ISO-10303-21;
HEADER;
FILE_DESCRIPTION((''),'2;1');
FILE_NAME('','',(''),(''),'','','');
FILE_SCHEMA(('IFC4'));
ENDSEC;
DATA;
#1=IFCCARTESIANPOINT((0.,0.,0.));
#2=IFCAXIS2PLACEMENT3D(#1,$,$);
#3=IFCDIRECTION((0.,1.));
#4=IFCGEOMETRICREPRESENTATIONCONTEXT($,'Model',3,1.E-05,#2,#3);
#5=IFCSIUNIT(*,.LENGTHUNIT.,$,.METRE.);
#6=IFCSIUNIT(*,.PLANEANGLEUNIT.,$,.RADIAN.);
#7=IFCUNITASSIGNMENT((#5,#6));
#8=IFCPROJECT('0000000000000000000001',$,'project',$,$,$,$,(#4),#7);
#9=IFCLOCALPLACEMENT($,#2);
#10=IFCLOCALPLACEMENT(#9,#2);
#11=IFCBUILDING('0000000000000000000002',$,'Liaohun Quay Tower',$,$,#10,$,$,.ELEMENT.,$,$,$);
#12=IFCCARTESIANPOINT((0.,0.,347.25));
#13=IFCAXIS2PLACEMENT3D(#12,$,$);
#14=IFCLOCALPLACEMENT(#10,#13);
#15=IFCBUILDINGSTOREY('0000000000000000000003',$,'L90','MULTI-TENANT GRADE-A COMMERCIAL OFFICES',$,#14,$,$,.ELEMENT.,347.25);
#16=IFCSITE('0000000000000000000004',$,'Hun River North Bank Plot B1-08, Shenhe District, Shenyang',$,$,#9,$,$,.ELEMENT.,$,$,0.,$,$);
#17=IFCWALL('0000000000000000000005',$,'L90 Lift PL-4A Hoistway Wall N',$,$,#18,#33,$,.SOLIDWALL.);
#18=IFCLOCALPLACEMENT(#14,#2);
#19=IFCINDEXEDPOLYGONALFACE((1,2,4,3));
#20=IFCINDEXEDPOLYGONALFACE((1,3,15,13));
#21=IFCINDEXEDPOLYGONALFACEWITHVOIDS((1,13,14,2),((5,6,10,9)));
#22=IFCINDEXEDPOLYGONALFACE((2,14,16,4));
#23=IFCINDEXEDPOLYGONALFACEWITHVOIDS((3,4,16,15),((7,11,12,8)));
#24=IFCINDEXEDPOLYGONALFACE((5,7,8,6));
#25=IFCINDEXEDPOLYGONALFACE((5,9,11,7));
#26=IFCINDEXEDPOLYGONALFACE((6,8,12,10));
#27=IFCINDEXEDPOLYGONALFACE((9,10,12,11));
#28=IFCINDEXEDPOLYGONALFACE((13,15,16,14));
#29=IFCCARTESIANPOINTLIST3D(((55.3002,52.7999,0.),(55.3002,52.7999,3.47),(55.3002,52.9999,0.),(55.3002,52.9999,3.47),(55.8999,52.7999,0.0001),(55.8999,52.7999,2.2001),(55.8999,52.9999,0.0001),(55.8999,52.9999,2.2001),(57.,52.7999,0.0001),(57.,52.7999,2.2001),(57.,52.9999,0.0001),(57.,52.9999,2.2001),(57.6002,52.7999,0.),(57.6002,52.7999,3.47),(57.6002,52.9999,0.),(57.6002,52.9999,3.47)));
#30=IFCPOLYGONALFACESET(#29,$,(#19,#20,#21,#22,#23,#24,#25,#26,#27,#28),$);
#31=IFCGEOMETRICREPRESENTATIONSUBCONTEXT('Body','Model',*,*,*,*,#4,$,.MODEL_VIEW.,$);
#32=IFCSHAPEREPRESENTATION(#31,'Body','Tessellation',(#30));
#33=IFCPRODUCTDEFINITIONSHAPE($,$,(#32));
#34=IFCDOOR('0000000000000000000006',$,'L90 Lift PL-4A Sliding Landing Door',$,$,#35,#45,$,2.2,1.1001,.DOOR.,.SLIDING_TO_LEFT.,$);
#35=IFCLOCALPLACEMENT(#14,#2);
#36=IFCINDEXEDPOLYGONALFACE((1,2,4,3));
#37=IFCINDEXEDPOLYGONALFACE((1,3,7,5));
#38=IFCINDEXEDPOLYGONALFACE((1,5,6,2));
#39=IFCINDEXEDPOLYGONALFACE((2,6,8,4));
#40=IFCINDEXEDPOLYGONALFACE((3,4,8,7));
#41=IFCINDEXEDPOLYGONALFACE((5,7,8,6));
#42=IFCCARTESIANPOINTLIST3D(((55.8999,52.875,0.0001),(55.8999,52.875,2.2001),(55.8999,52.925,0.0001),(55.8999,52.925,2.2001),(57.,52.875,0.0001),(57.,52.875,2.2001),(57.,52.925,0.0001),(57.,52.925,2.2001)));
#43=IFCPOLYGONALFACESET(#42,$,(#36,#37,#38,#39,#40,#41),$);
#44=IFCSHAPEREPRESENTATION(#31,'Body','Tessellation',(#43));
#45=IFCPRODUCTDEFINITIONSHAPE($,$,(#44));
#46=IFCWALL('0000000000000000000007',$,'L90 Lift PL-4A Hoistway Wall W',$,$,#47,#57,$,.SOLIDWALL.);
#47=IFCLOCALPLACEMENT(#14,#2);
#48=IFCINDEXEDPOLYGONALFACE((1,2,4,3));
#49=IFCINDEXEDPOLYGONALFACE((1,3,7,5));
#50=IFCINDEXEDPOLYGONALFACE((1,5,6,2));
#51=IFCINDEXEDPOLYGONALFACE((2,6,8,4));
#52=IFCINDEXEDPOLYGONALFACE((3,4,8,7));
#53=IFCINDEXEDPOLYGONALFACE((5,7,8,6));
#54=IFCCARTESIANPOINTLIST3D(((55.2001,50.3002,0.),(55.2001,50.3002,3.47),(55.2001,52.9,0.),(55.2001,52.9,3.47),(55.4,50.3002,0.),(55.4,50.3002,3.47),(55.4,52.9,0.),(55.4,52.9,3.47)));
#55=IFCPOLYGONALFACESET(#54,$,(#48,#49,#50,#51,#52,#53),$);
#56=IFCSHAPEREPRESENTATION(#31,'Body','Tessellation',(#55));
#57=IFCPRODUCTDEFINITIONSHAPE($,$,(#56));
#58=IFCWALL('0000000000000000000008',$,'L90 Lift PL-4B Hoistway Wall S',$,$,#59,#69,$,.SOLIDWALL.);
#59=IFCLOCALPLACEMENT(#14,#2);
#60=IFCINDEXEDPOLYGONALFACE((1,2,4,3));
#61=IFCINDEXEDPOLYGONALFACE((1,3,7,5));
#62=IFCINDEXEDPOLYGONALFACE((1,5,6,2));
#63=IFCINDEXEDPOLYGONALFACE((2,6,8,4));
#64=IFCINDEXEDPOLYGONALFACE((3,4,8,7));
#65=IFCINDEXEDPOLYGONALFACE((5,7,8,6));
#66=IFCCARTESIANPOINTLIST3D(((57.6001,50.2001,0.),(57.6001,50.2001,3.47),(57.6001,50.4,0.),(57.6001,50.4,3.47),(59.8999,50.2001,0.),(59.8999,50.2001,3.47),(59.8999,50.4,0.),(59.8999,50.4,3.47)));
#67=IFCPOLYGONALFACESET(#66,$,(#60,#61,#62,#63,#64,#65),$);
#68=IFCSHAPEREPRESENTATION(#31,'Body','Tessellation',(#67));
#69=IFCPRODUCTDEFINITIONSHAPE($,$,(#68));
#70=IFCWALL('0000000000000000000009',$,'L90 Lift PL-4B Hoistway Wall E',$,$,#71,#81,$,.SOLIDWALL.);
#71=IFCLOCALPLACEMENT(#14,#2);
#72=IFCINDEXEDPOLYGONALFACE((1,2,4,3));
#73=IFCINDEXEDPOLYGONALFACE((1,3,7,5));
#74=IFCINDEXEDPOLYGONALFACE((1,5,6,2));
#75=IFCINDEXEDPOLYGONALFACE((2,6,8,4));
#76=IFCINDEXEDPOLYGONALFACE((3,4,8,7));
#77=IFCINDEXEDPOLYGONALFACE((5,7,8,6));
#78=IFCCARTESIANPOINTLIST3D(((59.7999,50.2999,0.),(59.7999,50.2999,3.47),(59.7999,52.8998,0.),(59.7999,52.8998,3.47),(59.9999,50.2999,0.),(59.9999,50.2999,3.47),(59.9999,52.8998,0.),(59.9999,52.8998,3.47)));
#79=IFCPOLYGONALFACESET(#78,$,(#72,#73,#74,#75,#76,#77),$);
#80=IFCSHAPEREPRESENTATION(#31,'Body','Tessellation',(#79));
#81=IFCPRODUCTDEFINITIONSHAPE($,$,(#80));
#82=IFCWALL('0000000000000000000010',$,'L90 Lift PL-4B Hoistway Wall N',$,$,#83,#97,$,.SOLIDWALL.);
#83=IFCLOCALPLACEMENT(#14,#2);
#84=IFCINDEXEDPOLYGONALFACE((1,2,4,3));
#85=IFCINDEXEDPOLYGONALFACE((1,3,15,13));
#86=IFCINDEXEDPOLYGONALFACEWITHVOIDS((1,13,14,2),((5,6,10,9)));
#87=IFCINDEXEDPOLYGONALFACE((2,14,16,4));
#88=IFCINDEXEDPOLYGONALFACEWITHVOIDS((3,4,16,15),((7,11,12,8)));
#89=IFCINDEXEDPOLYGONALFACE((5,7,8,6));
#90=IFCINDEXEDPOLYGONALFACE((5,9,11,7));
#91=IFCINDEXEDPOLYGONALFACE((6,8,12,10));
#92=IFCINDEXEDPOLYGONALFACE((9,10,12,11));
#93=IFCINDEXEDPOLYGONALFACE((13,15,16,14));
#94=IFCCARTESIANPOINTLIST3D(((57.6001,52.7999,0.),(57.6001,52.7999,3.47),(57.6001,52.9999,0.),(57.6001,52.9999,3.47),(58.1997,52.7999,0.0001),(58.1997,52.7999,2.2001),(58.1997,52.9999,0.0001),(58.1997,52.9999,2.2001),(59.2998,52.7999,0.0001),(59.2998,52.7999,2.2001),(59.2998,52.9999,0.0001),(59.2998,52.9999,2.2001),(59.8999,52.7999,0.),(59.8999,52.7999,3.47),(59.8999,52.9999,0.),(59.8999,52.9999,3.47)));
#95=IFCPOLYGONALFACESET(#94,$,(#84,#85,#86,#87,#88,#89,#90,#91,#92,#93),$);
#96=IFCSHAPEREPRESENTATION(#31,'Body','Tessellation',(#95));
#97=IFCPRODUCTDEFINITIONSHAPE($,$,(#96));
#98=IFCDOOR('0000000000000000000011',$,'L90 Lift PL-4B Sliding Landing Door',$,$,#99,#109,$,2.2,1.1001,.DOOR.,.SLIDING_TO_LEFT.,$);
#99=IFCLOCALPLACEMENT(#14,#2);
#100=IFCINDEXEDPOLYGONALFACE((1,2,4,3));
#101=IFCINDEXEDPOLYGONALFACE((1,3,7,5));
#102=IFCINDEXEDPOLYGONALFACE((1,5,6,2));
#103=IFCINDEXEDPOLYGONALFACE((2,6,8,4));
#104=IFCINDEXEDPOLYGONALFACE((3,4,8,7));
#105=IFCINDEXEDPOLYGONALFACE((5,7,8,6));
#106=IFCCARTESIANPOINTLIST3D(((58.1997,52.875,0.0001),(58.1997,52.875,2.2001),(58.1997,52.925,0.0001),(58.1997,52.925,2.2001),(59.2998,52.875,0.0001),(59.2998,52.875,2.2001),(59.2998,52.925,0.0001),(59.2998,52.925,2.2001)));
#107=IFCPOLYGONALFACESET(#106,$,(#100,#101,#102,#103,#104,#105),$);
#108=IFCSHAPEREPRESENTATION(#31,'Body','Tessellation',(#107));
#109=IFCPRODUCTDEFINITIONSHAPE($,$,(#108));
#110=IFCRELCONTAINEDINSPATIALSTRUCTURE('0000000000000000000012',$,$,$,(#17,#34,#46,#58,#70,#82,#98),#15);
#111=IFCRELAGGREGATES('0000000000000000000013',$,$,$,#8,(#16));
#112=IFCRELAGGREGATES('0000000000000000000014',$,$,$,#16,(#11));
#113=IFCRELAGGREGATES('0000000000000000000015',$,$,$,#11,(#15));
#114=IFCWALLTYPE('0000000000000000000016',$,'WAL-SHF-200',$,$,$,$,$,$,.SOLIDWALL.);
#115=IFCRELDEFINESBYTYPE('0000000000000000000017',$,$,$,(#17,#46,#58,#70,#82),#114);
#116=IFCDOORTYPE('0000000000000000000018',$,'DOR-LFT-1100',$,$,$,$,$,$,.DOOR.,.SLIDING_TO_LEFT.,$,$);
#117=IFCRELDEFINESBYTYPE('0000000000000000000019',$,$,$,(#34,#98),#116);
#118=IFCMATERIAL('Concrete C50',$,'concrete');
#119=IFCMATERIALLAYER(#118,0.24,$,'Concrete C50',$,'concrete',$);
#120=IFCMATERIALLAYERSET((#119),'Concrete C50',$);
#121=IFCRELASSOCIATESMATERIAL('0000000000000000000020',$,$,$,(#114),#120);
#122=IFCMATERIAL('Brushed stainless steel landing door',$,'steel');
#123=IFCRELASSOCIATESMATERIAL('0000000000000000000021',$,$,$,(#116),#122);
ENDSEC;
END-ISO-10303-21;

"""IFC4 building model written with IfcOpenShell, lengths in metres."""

from ifc_helpers import new_model, si_unit, direction, frame, frame_2d, origin, place, context, subcontext, project, spatial, rectangle, extrude, source, transform, mapped, material, layer, layer_set, type_object, element, fill, save


model = new_model("IFC4")

# Units and contexts
model_context = context("Model", 3, precision=1e-05, world=origin(), true_north=direction((0.0, 1.0)))
body_context = subcontext(model_context, "Body", "Model", "MODEL_VIEW")
ifc_project = project(units=[si_unit("LENGTHUNIT", "METRE"), si_unit("PLANEANGLEUNIT", "RADIAN")], contexts=[model_context])

# Site, building, storey
site_placement = place(None, origin())
site = spatial("IfcSite", under=ifc_project, at=site_placement, Name="Hun River North Bank Plot B1-08, Shenhe District, Shenyang", CompositionType="ELEMENT", RefElevation=0.0)
building_placement = place(site_placement, origin())
building = spatial("IfcBuilding", under=site, at=building_placement, Name="Liaohun Quay Tower", CompositionType="ELEMENT")
storey_placement = place(building_placement, frame((0.0, 0.0, 347.25)))
storey = spatial("IfcBuildingStorey", under=building, at=storey_placement, Name="L90", Description="MULTI-TENANT GRADE-A COMMERCIAL OFFICES", CompositionType="ELEMENT", Elevation=347.25)

# Shared definitions
ifc_material_1 = material(Name="Concrete C50", Category="concrete")

# Shared definitions
ifc_layer_1 = layer(ifc_material_1, 0.24, Name="Concrete C50", Category="concrete")
ifc_layer_set_1 = layer_set([ifc_layer_1], Name="Concrete C50")
wall_type_1 = type_object("IfcWallType", Name="WAL-SHF-200", PredefinedType="SOLIDWALL", material=ifc_layer_set_1)

# Wall, opening, door
wall_1_placement = place(storey_placement, frame((57.6001, 52.8999, 0.0), z_axis=(0.0, 0.0, 1.0), x_axis=(-1.0, 0.0, 0.0)))
wall_1 = element("IfcWall", 1, at=wall_1_placement, inside=storey, type_object=wall_type_1, Name="L90 Lift PL-4A Hoistway Wall N", PredefinedType="SOLIDWALL", context=body_context, shape_type="SweptSolid", body=[
    extrude(rectangle(XDim=2.3, YDim=0.2, at=frame_2d((1.1499, 0.0))), origin(), (0.0, 0.0, 1.0), 3.47),
])
shared_shape_1 = source(origin(), body_context, "Body", "SweptSolid", [
    extrude(rectangle(XDim=1.1001, YDim=2.2, at=frame_2d((0.55, 1.1001))), frame((0.0, 0.1099, 0.0), z_axis=(0.0, -1.0, 0.0), x_axis=(1.0, 0.0, 0.0)), (0.0, 0.0, 1.0), 0.22),
])
opening_1_placement = place(wall_1_placement, frame((0.6001, 0.0, 0.0)))
opening_1 = element("IfcOpeningElement", 2, at=opening_1_placement, cuts=wall_1, PredefinedType="OPENING", context=body_context, shape_type="MappedRepresentation", body=[
    mapped(shared_shape_1, transform((0.0, 0.0, 0.0), x_axis=(1.0, 0.0, 0.0), y_axis=(0.0, 1.0, 0.0), z_axis=(0.0, 0.0, 1.0), scale=1.0)),
])
ifc_material_2 = material(Name="Brushed stainless steel landing door", Category="steel")
door_type_1 = type_object("IfcDoorType", Name="DOR-LFT-1100", OperationType="SLIDING_TO_LEFT", PredefinedType="DOOR", material=ifc_material_2)
shared_shape_2 = source(origin(), body_context, "Body", "SweptSolid", [
    extrude(rectangle(XDim=1.1001, YDim=2.2, at=frame_2d((0.55, 1.1001))), frame((0.0, 0.0249, 0.0), z_axis=(0.0, -1.0, 0.0), x_axis=(1.0, 0.0, 0.0)), (0.0, 0.0, 1.0), 0.05),
])
door_1_placement = place(opening_1_placement, origin())
door_1 = element("IfcDoor", 3, at=door_1_placement, inside=storey, type_object=door_type_1, Name="L90 Lift PL-4A Sliding Landing Door", OperationType="SLIDING_TO_LEFT", OverallHeight=2.2, OverallWidth=1.1001, PredefinedType="DOOR", context=body_context, shape_type="MappedRepresentation", body=[
    mapped(shared_shape_2, transform((0.0, 0.0, 0.0), x_axis=(1.0, 0.0, 0.0), y_axis=(0.0, 1.0, 0.0), z_axis=(0.0, 0.0, 1.0), scale=1.0)),
])
fill(opening_1, door_1)

# Walls
wall_2_placement = place(storey_placement, frame((55.3, 52.8999, 0.0), z_axis=(0.0, 0.0, 1.0), x_axis=(0.0, -1.0, 0.0)))
element("IfcWall", 4, at=wall_2_placement, inside=storey, type_object=wall_type_1, Name="L90 Lift PL-4A Hoistway Wall W", PredefinedType="SOLIDWALL", context=body_context, shape_type="SweptSolid", body=[
    extrude(rectangle(XDim=2.5999, YDim=0.2, at=frame_2d((1.2998, 0.0))), origin(), (0.0, 0.0, 1.0), 3.47),
])
wall_3_placement = place(storey_placement, frame((57.6001, 50.3, 0.0), z_axis=(0.0, 0.0, 1.0), x_axis=(1.0, 0.0, 0.0)))
element("IfcWall", 5, at=wall_3_placement, inside=storey, type_object=wall_type_1, Name="L90 Lift PL-4B Hoistway Wall S", PredefinedType="SOLIDWALL", context=body_context, shape_type="SweptSolid", body=[
    extrude(rectangle(XDim=2.2998, YDim=0.2, at=frame_2d((1.1499, 0.0))), origin(), (0.0, 0.0, 1.0), 3.47),
])
wall_4_placement = place(storey_placement, frame((59.8999, 50.3, 0.0), z_axis=(0.0, 0.0, 1.0), x_axis=(0.0, 1.0, 0.0)))
element("IfcWall", 6, at=wall_4_placement, inside=storey, type_object=wall_type_1, Name="L90 Lift PL-4B Hoistway Wall E", PredefinedType="SOLIDWALL", context=body_context, shape_type="SweptSolid", body=[
    extrude(rectangle(XDim=2.5999, YDim=0.2, at=frame_2d((1.2998, 0.0))), origin(), (0.0, 0.0, 1.0), 3.47),
])

# Wall, opening, door
wall_5_placement = place(storey_placement, frame((59.8999, 52.8999, 0.0), z_axis=(0.0, 0.0, 1.0), x_axis=(-1.0, 0.0, 0.0)))
wall_5 = element("IfcWall", 7, at=wall_5_placement, inside=storey, type_object=wall_type_1, Name="L90 Lift PL-4B Hoistway Wall N", PredefinedType="SOLIDWALL", context=body_context, shape_type="SweptSolid", body=[
    extrude(rectangle(XDim=2.2998, YDim=0.2, at=frame_2d((1.1499, 0.0))), origin(), (0.0, 0.0, 1.0), 3.47),
])
opening_2_placement = place(wall_5_placement, frame((0.6001, 0.0, 0.0)))
opening_2 = element("IfcOpeningElement", 8, at=opening_2_placement, cuts=wall_5, PredefinedType="OPENING", context=body_context, shape_type="MappedRepresentation", body=[
    mapped(shared_shape_1, transform((0.0, 0.0, 0.0), x_axis=(1.0, 0.0, 0.0), y_axis=(0.0, 1.0, 0.0), z_axis=(0.0, 0.0, 1.0), scale=1.0)),
])
door_2_placement = place(opening_2_placement, origin())
door_2 = element("IfcDoor", 9, at=door_2_placement, inside=storey, type_object=door_type_1, Name="L90 Lift PL-4B Sliding Landing Door", OperationType="SLIDING_TO_LEFT", OverallHeight=2.2, OverallWidth=1.1001, PredefinedType="DOOR", context=body_context, shape_type="MappedRepresentation", body=[
    mapped(shared_shape_2, transform((0.0, 0.0, 0.0), x_axis=(1.0, 0.0, 0.0), y_axis=(0.0, 1.0, 0.0), z_axis=(0.0, 0.0, 1.0), scale=1.0)),
])
fill(opening_2, door_2)

save(model, "model.ifc")
